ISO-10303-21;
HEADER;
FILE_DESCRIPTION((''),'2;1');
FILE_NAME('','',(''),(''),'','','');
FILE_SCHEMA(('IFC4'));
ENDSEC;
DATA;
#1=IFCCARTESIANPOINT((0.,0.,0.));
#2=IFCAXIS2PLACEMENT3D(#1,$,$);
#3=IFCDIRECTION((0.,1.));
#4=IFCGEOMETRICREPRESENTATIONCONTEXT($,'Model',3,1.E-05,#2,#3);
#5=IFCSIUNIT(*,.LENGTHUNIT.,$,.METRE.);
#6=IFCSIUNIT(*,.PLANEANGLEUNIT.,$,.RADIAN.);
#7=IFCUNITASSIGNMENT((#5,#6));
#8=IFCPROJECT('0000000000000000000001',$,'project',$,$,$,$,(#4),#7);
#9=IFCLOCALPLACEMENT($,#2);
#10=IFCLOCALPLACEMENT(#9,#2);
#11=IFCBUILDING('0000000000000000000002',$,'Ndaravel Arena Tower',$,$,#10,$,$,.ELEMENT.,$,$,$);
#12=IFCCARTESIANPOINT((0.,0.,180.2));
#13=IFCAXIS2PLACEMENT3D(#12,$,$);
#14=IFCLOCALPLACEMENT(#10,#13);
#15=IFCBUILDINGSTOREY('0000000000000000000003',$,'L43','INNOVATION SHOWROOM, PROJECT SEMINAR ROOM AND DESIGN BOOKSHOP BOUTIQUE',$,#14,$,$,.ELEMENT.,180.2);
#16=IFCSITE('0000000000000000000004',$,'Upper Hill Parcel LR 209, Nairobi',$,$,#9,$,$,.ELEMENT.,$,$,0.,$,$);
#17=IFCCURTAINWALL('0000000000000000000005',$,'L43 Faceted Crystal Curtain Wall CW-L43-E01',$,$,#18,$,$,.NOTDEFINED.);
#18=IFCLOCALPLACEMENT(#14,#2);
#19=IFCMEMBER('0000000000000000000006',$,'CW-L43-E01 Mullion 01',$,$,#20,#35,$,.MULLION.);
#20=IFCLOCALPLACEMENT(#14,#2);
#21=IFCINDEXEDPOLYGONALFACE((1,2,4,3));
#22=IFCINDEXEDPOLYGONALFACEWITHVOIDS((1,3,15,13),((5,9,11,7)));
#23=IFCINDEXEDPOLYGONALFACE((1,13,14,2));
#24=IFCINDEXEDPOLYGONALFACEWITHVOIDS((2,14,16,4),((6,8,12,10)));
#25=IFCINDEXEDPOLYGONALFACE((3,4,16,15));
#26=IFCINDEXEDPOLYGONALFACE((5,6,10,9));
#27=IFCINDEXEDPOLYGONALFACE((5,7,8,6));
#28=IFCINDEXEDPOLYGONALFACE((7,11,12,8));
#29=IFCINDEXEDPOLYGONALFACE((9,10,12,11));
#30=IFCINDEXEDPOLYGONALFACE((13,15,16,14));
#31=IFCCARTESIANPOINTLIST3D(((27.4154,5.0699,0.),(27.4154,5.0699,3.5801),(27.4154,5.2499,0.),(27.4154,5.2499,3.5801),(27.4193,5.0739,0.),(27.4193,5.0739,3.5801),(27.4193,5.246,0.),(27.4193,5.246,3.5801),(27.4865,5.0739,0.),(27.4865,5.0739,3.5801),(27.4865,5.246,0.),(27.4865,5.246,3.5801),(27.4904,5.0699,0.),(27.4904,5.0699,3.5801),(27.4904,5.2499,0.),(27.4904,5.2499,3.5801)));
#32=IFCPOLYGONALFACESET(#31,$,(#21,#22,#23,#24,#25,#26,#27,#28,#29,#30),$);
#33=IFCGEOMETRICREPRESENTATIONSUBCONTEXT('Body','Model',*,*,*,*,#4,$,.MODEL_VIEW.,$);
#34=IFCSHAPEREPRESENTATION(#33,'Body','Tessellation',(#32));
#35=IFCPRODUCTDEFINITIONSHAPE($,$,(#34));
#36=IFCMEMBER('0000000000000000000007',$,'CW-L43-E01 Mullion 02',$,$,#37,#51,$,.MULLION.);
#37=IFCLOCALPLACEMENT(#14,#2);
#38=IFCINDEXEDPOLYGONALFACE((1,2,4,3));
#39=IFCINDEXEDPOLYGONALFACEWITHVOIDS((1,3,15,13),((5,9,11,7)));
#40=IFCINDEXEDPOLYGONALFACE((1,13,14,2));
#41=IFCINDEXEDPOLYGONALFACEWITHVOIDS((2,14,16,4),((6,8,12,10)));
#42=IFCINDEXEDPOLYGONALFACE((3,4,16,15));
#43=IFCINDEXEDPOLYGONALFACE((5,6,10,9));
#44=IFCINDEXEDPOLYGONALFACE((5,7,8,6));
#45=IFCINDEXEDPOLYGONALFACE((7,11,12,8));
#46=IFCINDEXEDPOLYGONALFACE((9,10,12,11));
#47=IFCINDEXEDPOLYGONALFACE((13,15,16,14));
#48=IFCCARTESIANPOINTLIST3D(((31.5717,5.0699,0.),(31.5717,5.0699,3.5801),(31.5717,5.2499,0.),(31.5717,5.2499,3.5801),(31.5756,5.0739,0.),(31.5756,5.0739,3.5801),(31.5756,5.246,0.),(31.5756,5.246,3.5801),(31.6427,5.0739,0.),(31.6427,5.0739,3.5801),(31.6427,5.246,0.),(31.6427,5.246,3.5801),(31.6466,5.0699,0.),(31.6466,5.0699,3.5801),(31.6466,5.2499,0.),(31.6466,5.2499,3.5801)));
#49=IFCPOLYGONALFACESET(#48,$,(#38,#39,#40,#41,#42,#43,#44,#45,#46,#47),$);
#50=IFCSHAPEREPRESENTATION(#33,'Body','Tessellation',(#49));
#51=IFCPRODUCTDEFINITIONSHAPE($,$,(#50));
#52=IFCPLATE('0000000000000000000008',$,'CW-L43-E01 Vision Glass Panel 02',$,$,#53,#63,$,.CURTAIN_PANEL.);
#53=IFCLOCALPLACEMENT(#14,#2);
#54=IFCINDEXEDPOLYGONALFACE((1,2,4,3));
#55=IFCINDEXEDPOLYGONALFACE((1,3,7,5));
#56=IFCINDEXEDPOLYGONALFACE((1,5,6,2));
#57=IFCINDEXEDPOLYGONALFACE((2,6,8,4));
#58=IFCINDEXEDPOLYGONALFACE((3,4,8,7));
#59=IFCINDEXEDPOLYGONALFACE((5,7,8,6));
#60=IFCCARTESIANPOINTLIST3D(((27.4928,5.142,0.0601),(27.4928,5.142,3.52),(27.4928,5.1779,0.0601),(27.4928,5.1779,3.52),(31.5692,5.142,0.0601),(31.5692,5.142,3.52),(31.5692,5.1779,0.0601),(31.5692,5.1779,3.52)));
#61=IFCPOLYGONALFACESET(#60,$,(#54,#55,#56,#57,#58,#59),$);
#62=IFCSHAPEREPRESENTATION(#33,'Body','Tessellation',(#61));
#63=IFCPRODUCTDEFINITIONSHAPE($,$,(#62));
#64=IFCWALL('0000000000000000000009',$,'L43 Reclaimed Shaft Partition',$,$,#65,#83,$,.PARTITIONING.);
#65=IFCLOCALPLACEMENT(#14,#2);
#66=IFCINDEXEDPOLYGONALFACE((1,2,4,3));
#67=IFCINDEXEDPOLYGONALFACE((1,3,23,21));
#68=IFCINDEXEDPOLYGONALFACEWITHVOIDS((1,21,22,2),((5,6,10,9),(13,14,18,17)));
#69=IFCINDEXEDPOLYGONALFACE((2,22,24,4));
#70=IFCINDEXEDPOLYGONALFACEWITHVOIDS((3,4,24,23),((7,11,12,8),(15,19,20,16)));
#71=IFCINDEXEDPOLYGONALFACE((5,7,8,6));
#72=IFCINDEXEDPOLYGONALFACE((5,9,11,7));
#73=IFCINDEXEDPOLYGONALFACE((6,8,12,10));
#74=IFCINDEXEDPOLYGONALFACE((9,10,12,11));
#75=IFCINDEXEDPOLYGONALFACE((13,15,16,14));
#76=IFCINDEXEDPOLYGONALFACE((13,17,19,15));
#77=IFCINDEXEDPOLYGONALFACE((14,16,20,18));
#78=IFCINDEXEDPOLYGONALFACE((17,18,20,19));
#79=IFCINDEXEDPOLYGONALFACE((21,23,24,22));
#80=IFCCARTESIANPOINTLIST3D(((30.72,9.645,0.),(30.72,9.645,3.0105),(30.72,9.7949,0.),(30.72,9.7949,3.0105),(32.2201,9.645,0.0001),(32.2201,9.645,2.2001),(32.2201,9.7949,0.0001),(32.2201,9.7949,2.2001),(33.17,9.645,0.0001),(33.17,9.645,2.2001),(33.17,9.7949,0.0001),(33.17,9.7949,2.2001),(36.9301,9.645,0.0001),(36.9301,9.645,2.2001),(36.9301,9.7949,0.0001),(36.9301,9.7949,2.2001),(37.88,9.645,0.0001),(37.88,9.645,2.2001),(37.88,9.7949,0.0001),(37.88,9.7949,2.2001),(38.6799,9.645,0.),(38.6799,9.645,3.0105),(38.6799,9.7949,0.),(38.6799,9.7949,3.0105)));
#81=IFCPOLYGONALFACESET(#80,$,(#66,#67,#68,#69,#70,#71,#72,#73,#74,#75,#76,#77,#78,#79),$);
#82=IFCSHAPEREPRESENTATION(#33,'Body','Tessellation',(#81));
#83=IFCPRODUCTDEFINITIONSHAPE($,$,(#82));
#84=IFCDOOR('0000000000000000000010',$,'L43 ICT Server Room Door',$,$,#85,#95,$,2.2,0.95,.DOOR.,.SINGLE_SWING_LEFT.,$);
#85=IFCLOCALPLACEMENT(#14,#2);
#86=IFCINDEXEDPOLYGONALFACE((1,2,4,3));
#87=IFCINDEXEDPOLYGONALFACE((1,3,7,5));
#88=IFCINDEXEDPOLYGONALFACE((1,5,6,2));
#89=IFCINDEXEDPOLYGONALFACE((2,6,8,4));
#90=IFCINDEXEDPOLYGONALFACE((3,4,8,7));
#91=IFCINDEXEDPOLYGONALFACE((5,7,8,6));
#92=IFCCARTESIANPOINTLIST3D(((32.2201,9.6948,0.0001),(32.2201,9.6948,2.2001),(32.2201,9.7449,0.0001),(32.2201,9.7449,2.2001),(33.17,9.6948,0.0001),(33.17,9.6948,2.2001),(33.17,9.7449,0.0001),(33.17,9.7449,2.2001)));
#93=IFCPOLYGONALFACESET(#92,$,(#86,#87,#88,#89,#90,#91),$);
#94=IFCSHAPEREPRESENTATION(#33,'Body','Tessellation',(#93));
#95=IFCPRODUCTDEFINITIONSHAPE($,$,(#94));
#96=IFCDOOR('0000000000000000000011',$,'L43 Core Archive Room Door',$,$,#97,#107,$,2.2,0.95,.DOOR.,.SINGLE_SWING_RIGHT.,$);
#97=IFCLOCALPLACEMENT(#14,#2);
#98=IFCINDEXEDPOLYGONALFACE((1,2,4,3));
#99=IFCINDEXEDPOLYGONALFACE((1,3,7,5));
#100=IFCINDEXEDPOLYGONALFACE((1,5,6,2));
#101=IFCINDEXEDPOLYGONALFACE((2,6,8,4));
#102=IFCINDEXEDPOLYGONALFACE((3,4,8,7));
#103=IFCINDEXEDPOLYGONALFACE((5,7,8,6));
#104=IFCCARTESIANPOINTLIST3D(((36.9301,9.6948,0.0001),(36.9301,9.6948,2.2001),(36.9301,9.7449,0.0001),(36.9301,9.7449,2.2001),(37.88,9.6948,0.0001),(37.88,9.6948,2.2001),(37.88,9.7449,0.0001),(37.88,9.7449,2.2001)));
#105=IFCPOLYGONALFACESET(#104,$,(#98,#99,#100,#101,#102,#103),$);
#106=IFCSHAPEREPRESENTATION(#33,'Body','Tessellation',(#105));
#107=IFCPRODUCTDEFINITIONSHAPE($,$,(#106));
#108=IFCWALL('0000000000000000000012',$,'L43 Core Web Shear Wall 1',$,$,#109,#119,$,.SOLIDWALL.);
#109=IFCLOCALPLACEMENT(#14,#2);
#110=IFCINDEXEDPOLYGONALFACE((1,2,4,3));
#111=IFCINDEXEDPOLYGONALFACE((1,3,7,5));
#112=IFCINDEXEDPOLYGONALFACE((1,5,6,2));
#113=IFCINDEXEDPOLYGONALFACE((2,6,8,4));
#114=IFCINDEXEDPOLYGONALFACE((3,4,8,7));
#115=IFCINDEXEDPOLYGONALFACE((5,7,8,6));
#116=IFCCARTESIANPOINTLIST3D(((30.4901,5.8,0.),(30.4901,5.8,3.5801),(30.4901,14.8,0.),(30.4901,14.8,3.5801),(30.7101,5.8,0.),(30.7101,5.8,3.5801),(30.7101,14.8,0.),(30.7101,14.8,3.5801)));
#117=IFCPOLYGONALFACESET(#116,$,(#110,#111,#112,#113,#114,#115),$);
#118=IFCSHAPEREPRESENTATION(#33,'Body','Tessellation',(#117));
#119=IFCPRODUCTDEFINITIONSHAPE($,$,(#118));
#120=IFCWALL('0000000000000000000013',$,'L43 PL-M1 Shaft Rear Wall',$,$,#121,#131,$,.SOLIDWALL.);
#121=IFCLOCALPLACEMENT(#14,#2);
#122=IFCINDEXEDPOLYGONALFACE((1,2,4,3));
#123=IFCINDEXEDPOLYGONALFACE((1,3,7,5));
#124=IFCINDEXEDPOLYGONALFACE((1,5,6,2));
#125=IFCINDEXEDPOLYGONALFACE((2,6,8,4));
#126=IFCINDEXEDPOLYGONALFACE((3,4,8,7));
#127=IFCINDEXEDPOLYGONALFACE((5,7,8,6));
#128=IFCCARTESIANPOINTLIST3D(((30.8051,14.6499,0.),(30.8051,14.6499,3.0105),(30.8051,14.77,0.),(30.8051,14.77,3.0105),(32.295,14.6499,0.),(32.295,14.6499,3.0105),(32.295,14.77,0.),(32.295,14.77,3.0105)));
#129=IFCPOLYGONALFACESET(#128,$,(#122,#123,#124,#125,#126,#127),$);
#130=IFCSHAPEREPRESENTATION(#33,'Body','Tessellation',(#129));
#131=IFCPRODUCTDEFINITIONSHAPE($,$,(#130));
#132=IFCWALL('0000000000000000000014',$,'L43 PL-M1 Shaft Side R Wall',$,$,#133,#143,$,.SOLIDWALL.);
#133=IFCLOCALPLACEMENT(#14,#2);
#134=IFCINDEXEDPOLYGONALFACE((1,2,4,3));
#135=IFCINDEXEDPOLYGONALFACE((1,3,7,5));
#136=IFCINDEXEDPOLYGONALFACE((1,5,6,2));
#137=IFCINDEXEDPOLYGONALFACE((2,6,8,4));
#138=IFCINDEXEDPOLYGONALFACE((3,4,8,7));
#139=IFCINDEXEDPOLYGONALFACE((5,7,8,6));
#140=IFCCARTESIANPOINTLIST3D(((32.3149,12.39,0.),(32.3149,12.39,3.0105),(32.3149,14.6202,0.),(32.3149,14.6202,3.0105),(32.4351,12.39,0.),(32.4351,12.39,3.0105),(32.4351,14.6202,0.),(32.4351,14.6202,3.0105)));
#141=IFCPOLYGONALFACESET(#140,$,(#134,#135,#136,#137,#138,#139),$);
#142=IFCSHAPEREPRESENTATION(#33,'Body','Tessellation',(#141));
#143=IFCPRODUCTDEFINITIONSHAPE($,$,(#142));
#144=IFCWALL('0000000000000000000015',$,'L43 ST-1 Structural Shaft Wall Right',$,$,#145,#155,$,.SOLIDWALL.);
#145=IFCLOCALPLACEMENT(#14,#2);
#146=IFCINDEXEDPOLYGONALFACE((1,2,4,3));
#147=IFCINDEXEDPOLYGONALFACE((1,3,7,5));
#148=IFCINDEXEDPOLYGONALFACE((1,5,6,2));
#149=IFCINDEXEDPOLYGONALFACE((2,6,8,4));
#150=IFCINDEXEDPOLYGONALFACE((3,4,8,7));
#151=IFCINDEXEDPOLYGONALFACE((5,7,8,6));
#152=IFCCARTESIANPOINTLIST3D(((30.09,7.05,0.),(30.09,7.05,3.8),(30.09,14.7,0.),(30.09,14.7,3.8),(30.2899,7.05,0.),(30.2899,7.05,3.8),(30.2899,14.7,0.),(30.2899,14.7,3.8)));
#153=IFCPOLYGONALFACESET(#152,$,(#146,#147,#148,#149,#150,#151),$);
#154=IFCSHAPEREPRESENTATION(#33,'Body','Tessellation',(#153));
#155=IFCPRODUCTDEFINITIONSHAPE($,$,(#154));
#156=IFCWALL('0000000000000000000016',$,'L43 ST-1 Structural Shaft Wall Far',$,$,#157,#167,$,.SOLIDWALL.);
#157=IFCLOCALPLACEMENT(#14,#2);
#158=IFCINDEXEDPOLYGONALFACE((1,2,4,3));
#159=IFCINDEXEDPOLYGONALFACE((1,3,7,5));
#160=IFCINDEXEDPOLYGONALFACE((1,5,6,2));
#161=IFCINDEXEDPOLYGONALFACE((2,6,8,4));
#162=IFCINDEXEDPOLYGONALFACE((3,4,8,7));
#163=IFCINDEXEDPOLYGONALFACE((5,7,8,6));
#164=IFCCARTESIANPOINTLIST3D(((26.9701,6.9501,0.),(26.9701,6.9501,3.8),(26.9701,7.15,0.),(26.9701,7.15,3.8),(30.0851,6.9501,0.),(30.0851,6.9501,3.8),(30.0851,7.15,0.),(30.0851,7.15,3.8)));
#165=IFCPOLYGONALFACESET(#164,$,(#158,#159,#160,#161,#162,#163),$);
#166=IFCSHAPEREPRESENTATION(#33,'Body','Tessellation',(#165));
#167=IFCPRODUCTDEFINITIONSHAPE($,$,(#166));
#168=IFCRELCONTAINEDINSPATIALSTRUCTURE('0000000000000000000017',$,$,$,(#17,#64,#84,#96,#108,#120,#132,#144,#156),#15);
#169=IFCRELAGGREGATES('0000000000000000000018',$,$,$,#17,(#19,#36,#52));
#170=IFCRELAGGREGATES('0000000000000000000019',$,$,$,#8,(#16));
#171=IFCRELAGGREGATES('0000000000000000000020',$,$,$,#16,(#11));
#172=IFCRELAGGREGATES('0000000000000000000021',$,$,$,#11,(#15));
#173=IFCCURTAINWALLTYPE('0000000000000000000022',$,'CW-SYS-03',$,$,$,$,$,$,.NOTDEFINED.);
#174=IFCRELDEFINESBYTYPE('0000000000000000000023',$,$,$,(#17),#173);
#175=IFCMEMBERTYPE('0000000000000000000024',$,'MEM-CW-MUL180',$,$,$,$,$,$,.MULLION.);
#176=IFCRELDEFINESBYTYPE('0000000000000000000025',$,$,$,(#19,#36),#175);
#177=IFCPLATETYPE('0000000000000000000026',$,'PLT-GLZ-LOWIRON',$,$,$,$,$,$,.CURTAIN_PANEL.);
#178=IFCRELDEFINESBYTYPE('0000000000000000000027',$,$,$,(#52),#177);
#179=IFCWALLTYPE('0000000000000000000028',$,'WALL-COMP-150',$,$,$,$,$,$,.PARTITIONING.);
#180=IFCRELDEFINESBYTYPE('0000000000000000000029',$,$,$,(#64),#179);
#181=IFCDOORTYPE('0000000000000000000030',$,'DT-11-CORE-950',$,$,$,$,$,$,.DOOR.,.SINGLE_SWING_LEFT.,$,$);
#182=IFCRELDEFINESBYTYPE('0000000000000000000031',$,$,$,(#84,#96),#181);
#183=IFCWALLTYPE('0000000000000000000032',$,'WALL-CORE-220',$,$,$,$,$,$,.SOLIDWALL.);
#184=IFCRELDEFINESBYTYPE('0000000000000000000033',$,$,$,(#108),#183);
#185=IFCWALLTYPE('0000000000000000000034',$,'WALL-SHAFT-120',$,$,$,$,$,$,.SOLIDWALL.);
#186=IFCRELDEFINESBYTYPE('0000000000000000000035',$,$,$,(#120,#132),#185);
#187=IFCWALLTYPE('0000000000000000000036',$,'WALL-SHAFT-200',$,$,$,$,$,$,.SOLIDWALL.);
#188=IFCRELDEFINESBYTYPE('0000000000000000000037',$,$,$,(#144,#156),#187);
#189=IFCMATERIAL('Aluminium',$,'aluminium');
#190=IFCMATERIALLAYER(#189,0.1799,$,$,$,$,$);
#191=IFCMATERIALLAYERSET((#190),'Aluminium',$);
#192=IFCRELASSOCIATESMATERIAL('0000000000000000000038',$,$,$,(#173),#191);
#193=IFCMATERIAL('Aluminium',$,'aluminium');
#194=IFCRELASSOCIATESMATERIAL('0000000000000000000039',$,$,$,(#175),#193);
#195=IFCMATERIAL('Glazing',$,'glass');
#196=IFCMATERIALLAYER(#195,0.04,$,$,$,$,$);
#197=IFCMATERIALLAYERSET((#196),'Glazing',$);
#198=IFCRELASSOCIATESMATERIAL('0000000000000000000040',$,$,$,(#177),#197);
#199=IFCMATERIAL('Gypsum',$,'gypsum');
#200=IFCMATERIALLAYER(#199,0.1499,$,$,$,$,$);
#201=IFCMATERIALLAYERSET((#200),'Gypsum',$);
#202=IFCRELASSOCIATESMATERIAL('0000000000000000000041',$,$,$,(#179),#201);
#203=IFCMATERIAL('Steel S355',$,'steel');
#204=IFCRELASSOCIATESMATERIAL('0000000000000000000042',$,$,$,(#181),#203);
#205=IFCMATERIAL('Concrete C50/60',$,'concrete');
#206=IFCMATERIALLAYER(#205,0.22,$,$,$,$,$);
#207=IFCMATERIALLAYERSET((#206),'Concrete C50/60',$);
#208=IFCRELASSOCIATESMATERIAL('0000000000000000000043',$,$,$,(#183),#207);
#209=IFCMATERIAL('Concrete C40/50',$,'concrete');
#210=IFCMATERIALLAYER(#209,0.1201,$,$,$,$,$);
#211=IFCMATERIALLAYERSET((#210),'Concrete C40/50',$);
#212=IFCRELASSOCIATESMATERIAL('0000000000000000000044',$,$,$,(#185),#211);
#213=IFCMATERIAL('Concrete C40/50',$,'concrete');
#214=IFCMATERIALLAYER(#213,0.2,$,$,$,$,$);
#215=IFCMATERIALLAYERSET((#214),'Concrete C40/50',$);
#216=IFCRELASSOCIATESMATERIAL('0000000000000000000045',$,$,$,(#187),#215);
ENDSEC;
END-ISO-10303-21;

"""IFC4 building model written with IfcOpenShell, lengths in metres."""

from ifc_helpers import new_model, si_unit, direction, frame, frame_2d, origin, origin_2d, place, context, subcontext, project, spatial, rectangle, hollow_rectangle, extrude, material, layer, layer_set, material_profile, profile_set, type_object, element, fill, aggregate, save


model = new_model("IFC4")

# Units and contexts
model_context = context("Model", 3, precision=1e-05, world=origin(), true_north=direction((0.0, 1.0)))
body_context = subcontext(model_context, "Body", "Model", "MODEL_VIEW")
ifc_project = project(units=[si_unit("LENGTHUNIT", "METRE"), si_unit("PLANEANGLEUNIT", "RADIAN")], contexts=[model_context])

# Site, building, storey
site_placement = place(None, origin())
site = spatial("IfcSite", under=ifc_project, at=site_placement, Name="Upper Hill Parcel LR 209, Nairobi", CompositionType="ELEMENT", RefElevation=0.0)
building_placement = place(site_placement, origin())
building = spatial("IfcBuilding", under=site, at=building_placement, Name="Ndaravel Arena Tower", CompositionType="ELEMENT")
storey_placement = place(building_placement, frame((0.0, 0.0, 180.2)))
storey = spatial("IfcBuildingStorey", under=building, at=storey_placement, Name="L43", Description="INNOVATION SHOWROOM, PROJECT SEMINAR ROOM AND DESIGN BOOKSHOP BOUTIQUE", CompositionType="ELEMENT", Elevation=180.2)

# Curtain wall, members, plate
ifc_material_1 = material(Name="Aluminium", Category="aluminium")
ifc_layer_1 = layer(ifc_material_1, 0.1799)
ifc_layer_set_1 = layer_set([ifc_layer_1], Name="Aluminium")
curtain_wall_type = type_object("IfcCurtainWallType", Name="CW-SYS-03", PredefinedType="NOTDEFINED", material=ifc_layer_set_1)
curtain_wall_placement = place(storey_placement, origin())
curtain_wall = element("IfcCurtainWall", 1, at=curtain_wall_placement, inside=storey, type_object=curtain_wall_type, Name="L43 Faceted Crystal Curtain Wall CW-L43-E01", PredefinedType="NOTDEFINED")
ifc_material_2 = material(Name="Aluminium", Category="aluminium")
ifc_material_profile = material_profile(ifc_material_2, hollow_rectangle(XDim=0.075, YDim=0.1799, WallThickness=0.0039, at=origin_2d()), Name="CW MULLION 75x180x4")
ifc_profile_set = profile_set([ifc_material_profile], Name="Aluminium")
member_type = type_object("IfcMemberType", Name="MEM-CW-MUL180", PredefinedType="MULLION", material=ifc_profile_set)
member_1_placement = place(storey_placement, frame((27.4529, 5.1599, 0.0), z_axis=(0.0, 0.0, 1.0), x_axis=(1.0, 0.0, 0.0)))
member_1 = element("IfcMember", 2, at=member_1_placement, type_object=member_type, Name="CW-L43-E01 Mullion 01", PredefinedType="MULLION", context=body_context, shape_type="SweptSolid", body=[
    extrude(hollow_rectangle(XDim=0.075, YDim=0.1799, WallThickness=0.0039, at=origin_2d()), origin(), (0.0, 0.0, 1.0), 3.5801),
])
member_2_placement = place(storey_placement, frame((31.6091, 5.1599, 0.0), z_axis=(0.0, 0.0, 1.0), x_axis=(1.0, 0.0, 0.0)))
member_2 = element("IfcMember", 3, at=member_2_placement, type_object=member_type, Name="CW-L43-E01 Mullion 02", PredefinedType="MULLION", context=body_context, shape_type="SweptSolid", body=[
    extrude(hollow_rectangle(XDim=0.075, YDim=0.1799, WallThickness=0.0039, at=origin_2d()), origin(), (0.0, 0.0, 1.0), 3.5801),
])
ifc_material_3 = material(Name="Glazing", Category="glass")
ifc_layer_2 = layer(ifc_material_3, 0.04)
ifc_layer_set_2 = layer_set([ifc_layer_2], Name="Glazing")
plate_type = type_object("IfcPlateType", Name="PLT-GLZ-LOWIRON", PredefinedType="CURTAIN_PANEL", material=ifc_layer_set_2)
plate_placement = place(storey_placement, frame((29.531, 5.1599, 0.0601), z_axis=(0.0, 0.0, 1.0), x_axis=(1.0, 0.0, 0.0)))
plate = element("IfcPlate", 4, at=plate_placement, type_object=plate_type, Name="CW-L43-E01 Vision Glass Panel 02", PredefinedType="CURTAIN_PANEL", context=body_context, shape_type="SweptSolid", body=[
    extrude(rectangle(XDim=4.0764, YDim=0.0359, at=origin_2d()), origin(), (0.0, 0.0, 1.0), 3.46),
])
aggregate(curtain_wall, [member_1, member_2, plate])

# Wall, openings, doors
ifc_material_4 = material(Name="Gypsum", Category="gypsum")
ifc_layer_3 = layer(ifc_material_4, 0.1499)
ifc_layer_set_3 = layer_set([ifc_layer_3], Name="Gypsum")
wall_type_1 = type_object("IfcWallType", Name="WALL-COMP-150", PredefinedType="PARTITIONING", material=ifc_layer_set_3)
wall_1_placement = place(storey_placement, frame((30.72, 9.72, 0.0), z_axis=(0.0, 0.0, 1.0), x_axis=(1.0, 0.0, 0.0)))
wall_1 = element("IfcWall", 5, at=wall_1_placement, inside=storey, type_object=wall_type_1, Name="L43 Reclaimed Shaft Partition", PredefinedType="PARTITIONING", context=body_context, shape_type="SweptSolid", body=[
    extrude(rectangle(XDim=7.96, YDim=0.1499, at=frame_2d((3.98, 0.0))), origin(), (0.0, 0.0, 1.0), 3.0105),
])
opening_1_placement = place(wall_1_placement, frame((1.5, 0.0, 0.0)))
opening_1 = element("IfcOpeningElement", 6, at=opening_1_placement, cuts=wall_1, PredefinedType="OPENING", context=body_context, shape_type="SweptSolid", body=[
    extrude(rectangle(XDim=0.95, YDim=2.2, at=frame_2d((0.4751, 1.1001))), frame((0.0, 0.075, 0.0), z_axis=(0.0, -1.0, 0.0), x_axis=(1.0, 0.0, 0.0)), (0.0, 0.0, 1.0), 0.1499),
])
opening_2_placement = place(wall_1_placement, frame((6.21, 0.0, 0.0)))
opening_2 = element("IfcOpeningElement", 7, at=opening_2_placement, cuts=wall_1, PredefinedType="OPENING", context=body_context, shape_type="SweptSolid", body=[
    extrude(rectangle(XDim=0.95, YDim=2.2, at=frame_2d((0.4751, 1.1001))), frame((0.0, 0.075, 0.0), z_axis=(0.0, -1.0, 0.0), x_axis=(1.0, 0.0, 0.0)), (0.0, 0.0, 1.0), 0.1499),
])
ifc_material_5 = material(Name="Steel S355", Category="steel")
door_type_1 = type_object("IfcDoorType", Name="DT-11-CORE-950", OperationType="SINGLE_SWING_LEFT", PredefinedType="DOOR", material=ifc_material_5)
door_1_placement = place(opening_1_placement, origin())
door_1 = element("IfcDoor", 8, at=door_1_placement, inside=storey, type_object=door_type_1, Name="L43 ICT Server Room Door", OperationType="SINGLE_SWING_LEFT", OverallHeight=2.2, OverallWidth=0.95, PredefinedType="DOOR", context=body_context, shape_type="SweptSolid", body=[
    extrude(rectangle(XDim=0.95, YDim=2.2, at=frame_2d((0.4751, 1.1001))), frame((0.0, 0.0249, 0.0), z_axis=(0.0, -1.0, 0.0), x_axis=(1.0, 0.0, 0.0)), (0.0, 0.0, 1.0), 0.05),
])
fill(opening_1, door_1)
door_2_placement = place(opening_2_placement, origin())
door_2 = element("IfcDoor", 9, at=door_2_placement, inside=storey, type_object=door_type_1, Name="L43 Core Archive Room Door", OperationType="SINGLE_SWING_RIGHT", OverallHeight=2.2, OverallWidth=0.95, PredefinedType="DOOR", context=body_context, shape_type="SweptSolid", body=[
    extrude(rectangle(XDim=0.95, YDim=2.2, at=frame_2d((0.4751, 1.1001))), frame((0.0, 0.0249, 0.0), z_axis=(0.0, -1.0, 0.0), x_axis=(1.0, 0.0, 0.0)), (0.0, 0.0, 1.0), 0.05),
])
fill(opening_2, door_2)

# Walls
ifc_material_6 = material(Name="Concrete C50/60", Category="concrete")
ifc_layer_4 = layer(ifc_material_6, 0.22)
ifc_layer_set_4 = layer_set([ifc_layer_4], Name="Concrete C50/60")
wall_type_2 = type_object("IfcWallType", Name="WALL-CORE-220", PredefinedType="SOLIDWALL", material=ifc_layer_set_4)
wall_2_placement = place(storey_placement, frame((30.6001, 5.8, 0.0), z_axis=(0.0, 0.0, 1.0), x_axis=(0.0, 1.0, 0.0)))
element("IfcWall", 10, at=wall_2_placement, inside=storey, type_object=wall_type_2, Name="L43 Core Web Shear Wall 1", PredefinedType="SOLIDWALL", context=body_context, shape_type="SweptSolid", body=[
    extrude(rectangle(XDim=9.0, YDim=0.22, at=frame_2d((4.5, 0.0))), origin(), (0.0, 0.0, 1.0), 3.5801),
])
ifc_material_7 = material(Name="Concrete C40/50", Category="concrete")
ifc_layer_5 = layer(ifc_material_7, 0.1201)
ifc_layer_set_5 = layer_set([ifc_layer_5], Name="Concrete C40/50")
wall_type_3 = type_object("IfcWallType", Name="WALL-SHAFT-120", PredefinedType="SOLIDWALL", material=ifc_layer_set_5)
wall_3_placement = place(storey_placement, frame((30.8049, 14.71, 0.0), z_axis=(0.0, 0.0, 1.0), x_axis=(1.0, 0.0, 0.0)))
element("IfcWall", 11, at=wall_3_placement, inside=storey, type_object=wall_type_3, Name="L43 PL-M1 Shaft Rear Wall", PredefinedType="SOLIDWALL", context=body_context, shape_type="SweptSolid", body=[
    extrude(rectangle(XDim=1.49, YDim=0.1201, at=frame_2d((0.7451, 0.0))), origin(), (0.0, 0.0, 1.0), 3.0105),
])
wall_4_placement = place(storey_placement, frame((32.375, 12.3899, 0.0), z_axis=(0.0, 0.0, 1.0), x_axis=(0.0, 1.0, 0.0)))
element("IfcWall", 12, at=wall_4_placement, inside=storey, type_object=wall_type_3, Name="L43 PL-M1 Shaft Side R Wall", PredefinedType="SOLIDWALL", context=body_context, shape_type="SweptSolid", body=[
    extrude(rectangle(XDim=2.2302, YDim=0.1201, at=frame_2d((1.1152, 0.0))), origin(), (0.0, 0.0, 1.0), 3.0105),
])
ifc_material_8 = material(Name="Concrete C40/50", Category="concrete")
ifc_layer_6 = layer(ifc_material_8, 0.2)
ifc_layer_set_6 = layer_set([ifc_layer_6], Name="Concrete C40/50")
wall_type_4 = type_object("IfcWallType", Name="WALL-SHAFT-200", PredefinedType="SOLIDWALL", material=ifc_layer_set_6)
wall_5_placement = place(storey_placement, frame((30.1899, 14.7, 0.0), z_axis=(0.0, 0.0, 1.0), x_axis=(0.0, -1.0, 0.0)))
element("IfcWall", 13, at=wall_5_placement, inside=storey, type_object=wall_type_4, Name="L43 ST-1 Structural Shaft Wall Right", PredefinedType="SOLIDWALL", context=body_context, shape_type="SweptSolid", body=[
    extrude(rectangle(XDim=7.6499, YDim=0.2, at=frame_2d((3.825, 0.0))), origin(), (0.0, 0.0, 1.0), 3.8),
])
wall_6_placement = place(storey_placement, frame((26.97, 7.05, 0.0), z_axis=(0.0, 0.0, 1.0), x_axis=(1.0, 0.0, 0.0)))
element("IfcWall", 14, at=wall_6_placement, inside=storey, type_object=wall_type_4, Name="L43 ST-1 Structural Shaft Wall Far", PredefinedType="SOLIDWALL", context=body_context, shape_type="SweptSolid", body=[
    extrude(rectangle(XDim=3.115, YDim=0.2, at=frame_2d((1.5576, 0.0))), origin(), (0.0, 0.0, 1.0), 3.8),
])

save(model, "model.ifc")
